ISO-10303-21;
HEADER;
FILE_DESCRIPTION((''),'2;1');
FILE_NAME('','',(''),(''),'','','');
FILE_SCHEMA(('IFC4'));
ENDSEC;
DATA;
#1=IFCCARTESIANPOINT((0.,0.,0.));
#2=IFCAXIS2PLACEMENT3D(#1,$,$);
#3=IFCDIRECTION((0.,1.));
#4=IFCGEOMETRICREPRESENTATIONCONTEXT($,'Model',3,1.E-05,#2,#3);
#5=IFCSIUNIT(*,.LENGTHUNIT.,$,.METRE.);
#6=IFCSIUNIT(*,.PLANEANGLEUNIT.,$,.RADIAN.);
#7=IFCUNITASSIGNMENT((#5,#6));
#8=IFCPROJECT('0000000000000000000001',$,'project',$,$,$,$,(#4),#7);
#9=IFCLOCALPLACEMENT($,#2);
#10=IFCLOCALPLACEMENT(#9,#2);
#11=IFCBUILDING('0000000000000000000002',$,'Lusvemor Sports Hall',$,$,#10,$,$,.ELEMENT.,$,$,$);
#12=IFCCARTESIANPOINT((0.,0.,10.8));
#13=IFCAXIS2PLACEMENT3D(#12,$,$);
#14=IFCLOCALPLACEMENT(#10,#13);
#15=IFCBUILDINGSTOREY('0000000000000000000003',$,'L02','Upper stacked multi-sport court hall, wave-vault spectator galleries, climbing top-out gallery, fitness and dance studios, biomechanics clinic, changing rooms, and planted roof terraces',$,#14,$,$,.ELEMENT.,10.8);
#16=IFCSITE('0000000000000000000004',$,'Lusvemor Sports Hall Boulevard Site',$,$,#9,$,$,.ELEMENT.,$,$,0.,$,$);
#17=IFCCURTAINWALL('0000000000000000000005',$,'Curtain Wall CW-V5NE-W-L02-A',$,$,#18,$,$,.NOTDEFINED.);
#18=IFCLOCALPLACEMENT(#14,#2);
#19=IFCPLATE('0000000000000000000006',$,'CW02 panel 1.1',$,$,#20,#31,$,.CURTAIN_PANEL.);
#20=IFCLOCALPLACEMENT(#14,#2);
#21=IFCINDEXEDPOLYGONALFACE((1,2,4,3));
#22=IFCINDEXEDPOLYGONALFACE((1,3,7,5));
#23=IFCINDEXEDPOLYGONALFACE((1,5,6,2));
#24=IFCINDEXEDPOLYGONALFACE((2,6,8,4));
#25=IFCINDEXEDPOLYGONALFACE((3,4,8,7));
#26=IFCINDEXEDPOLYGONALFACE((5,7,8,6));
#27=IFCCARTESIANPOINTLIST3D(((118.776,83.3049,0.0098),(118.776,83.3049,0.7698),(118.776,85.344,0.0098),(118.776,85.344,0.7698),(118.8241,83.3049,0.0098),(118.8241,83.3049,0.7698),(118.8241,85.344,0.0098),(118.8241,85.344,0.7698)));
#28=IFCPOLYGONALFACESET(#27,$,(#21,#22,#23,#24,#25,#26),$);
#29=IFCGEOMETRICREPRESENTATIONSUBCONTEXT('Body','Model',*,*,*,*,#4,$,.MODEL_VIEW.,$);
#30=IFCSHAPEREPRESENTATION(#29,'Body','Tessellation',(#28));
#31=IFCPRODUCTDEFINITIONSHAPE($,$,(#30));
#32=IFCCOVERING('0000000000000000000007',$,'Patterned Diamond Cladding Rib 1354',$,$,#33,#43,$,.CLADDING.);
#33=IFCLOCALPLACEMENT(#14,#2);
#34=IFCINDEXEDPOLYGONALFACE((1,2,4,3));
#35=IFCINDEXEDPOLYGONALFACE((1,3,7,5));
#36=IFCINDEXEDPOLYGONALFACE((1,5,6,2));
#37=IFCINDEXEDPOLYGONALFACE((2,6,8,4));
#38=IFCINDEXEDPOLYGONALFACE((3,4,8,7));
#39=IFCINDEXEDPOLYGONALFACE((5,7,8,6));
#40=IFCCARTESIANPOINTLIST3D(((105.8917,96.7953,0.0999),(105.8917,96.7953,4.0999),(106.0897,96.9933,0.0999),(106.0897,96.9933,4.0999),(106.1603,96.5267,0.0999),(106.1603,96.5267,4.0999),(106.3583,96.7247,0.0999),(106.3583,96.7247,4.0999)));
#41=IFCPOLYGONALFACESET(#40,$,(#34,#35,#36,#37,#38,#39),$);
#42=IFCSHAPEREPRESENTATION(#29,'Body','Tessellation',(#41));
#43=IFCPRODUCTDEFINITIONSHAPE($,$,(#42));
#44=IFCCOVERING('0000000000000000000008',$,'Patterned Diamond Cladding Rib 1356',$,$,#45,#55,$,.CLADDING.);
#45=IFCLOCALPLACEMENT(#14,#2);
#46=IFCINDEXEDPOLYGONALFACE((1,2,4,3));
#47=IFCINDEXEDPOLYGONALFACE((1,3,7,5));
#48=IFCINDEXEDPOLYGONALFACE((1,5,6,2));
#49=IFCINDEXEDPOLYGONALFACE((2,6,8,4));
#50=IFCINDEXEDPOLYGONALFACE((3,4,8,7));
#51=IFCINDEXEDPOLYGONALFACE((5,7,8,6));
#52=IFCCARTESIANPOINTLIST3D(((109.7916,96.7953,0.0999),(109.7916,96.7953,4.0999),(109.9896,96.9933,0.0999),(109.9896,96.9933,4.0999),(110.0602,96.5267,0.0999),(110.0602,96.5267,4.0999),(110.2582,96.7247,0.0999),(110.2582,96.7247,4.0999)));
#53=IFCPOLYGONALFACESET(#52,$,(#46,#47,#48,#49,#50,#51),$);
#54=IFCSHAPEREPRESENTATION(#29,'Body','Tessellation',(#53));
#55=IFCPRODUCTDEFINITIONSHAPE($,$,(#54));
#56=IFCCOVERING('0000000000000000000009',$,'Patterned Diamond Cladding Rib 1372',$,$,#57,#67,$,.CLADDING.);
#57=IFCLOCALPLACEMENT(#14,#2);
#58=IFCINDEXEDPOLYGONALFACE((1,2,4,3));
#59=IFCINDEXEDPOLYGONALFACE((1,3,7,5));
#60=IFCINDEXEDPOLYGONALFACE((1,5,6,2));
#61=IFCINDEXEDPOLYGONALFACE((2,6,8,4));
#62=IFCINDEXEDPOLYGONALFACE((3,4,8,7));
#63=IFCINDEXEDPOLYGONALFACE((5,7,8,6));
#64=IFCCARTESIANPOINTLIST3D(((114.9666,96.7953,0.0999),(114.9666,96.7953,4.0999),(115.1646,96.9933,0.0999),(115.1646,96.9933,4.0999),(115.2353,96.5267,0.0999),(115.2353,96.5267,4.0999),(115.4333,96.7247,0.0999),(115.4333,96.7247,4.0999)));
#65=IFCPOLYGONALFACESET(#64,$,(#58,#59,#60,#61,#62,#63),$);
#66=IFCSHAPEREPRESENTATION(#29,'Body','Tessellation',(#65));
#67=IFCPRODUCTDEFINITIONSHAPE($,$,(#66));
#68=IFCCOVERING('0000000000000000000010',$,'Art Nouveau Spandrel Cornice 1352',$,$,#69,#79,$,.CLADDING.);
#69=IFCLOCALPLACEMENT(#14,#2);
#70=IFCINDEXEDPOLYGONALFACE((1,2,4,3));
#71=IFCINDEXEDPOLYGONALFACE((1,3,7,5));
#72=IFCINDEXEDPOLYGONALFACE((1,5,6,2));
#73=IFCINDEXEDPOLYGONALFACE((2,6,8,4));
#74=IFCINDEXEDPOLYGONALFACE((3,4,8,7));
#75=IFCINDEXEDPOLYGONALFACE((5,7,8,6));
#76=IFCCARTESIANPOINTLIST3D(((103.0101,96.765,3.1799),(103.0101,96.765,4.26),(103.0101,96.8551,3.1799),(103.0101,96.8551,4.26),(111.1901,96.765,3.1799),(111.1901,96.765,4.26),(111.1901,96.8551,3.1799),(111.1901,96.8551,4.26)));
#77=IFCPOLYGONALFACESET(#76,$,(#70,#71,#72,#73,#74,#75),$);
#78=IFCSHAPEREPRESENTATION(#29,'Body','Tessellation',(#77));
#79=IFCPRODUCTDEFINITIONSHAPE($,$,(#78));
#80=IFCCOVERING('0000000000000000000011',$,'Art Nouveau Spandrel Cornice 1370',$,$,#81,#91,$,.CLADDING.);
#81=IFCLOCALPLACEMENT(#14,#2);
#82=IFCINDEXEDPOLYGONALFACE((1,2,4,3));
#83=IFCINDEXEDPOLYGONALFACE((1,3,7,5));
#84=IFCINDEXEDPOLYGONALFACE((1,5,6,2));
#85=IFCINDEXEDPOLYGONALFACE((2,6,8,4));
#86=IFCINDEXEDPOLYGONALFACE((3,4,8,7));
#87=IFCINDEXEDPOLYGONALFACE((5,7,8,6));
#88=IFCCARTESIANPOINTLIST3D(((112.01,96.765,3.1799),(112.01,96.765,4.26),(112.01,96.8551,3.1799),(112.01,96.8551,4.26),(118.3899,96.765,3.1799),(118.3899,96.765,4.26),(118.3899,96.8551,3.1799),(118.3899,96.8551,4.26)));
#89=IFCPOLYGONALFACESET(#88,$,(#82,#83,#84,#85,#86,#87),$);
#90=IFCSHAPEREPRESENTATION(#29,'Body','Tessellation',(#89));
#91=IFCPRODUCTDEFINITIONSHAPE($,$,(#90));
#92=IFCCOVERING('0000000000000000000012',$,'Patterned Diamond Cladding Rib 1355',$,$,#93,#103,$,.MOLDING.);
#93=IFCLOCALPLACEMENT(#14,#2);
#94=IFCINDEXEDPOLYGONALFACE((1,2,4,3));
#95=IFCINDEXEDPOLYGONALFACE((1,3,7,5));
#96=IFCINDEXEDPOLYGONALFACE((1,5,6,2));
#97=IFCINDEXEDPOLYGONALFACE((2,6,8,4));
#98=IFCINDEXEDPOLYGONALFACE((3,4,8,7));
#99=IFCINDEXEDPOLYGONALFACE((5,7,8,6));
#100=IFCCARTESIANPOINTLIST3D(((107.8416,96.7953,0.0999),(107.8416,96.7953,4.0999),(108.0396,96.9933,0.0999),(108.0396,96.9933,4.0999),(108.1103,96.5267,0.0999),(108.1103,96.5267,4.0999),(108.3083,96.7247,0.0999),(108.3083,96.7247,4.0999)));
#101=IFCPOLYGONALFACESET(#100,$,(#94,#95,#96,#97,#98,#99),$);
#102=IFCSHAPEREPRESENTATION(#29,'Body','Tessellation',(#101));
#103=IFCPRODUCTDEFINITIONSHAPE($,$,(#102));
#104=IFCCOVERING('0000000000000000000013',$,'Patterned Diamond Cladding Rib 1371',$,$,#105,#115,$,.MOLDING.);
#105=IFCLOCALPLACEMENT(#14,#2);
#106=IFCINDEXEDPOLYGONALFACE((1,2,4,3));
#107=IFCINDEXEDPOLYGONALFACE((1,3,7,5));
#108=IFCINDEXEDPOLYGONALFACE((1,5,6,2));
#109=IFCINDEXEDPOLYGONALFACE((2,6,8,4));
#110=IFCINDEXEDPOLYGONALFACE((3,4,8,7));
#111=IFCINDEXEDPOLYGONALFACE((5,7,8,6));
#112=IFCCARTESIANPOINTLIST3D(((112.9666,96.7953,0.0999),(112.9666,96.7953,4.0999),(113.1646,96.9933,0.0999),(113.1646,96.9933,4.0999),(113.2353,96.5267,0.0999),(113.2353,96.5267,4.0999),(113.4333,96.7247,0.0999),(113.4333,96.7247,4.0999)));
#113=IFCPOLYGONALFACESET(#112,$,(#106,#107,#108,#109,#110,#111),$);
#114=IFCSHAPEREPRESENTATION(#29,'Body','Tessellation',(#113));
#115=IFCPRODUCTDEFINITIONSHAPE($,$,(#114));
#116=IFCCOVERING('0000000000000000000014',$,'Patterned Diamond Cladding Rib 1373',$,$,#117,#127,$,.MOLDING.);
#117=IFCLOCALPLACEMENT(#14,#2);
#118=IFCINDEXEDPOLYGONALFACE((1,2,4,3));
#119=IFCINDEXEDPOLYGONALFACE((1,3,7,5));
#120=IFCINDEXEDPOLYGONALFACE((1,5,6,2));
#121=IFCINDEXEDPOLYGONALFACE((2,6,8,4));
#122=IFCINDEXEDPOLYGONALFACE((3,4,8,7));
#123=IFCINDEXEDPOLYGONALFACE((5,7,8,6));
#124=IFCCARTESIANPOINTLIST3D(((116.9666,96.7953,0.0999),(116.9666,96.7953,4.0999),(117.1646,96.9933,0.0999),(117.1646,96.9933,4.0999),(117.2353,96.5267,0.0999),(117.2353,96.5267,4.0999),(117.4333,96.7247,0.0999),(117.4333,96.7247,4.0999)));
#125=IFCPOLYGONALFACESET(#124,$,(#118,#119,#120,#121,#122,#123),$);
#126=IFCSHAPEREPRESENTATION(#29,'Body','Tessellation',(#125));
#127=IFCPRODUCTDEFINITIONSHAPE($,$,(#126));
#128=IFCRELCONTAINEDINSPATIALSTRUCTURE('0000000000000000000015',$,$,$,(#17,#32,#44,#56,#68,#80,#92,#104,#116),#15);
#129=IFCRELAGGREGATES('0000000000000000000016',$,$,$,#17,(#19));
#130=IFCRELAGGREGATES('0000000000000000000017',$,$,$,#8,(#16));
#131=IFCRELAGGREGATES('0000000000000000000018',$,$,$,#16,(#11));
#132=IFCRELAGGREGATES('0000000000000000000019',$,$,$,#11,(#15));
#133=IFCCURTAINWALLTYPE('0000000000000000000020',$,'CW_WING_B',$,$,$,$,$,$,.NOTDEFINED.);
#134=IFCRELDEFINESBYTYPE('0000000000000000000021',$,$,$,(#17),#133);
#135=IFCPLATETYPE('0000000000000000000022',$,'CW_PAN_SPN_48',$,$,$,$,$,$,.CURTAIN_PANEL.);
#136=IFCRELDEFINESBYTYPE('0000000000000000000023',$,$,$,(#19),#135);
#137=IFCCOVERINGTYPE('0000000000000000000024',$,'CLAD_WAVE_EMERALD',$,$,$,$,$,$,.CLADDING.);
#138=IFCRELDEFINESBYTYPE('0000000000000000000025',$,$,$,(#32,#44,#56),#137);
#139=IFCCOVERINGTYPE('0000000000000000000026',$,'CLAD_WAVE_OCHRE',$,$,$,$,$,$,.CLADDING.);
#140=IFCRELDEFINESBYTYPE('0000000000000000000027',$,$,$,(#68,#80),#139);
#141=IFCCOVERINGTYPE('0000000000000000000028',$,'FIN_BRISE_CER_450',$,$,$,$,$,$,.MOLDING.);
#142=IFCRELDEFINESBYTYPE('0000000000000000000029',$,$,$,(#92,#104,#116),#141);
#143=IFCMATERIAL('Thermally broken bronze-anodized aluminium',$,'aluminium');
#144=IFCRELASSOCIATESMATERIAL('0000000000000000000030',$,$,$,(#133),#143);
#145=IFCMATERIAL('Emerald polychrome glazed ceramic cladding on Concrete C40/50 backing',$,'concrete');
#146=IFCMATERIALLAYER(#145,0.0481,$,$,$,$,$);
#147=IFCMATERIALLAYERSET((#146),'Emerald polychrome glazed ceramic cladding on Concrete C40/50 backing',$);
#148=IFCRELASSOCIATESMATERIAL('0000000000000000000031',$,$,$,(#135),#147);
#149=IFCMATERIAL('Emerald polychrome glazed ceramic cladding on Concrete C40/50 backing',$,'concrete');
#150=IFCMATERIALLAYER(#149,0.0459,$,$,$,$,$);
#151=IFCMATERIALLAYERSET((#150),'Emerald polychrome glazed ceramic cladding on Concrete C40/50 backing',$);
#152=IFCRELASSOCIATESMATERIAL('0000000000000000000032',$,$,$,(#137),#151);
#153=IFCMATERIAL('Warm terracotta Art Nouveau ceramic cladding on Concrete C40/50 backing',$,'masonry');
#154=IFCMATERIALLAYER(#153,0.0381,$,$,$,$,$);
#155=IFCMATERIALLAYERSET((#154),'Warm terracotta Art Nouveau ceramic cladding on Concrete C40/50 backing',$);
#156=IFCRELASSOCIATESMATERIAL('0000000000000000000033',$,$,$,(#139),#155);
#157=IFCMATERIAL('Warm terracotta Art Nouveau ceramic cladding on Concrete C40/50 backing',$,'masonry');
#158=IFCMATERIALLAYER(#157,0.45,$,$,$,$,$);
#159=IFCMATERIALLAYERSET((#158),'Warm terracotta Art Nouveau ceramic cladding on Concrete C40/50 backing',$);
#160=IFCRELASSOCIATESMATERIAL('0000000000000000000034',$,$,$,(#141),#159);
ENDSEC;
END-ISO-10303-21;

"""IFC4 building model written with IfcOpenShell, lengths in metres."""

from ifc_helpers import new_model, si_unit, direction, frame, origin, origin_2d, place, context, subcontext, project, spatial, rectangle, extrude, material, layer, layer_set, type_object, element, aggregate, save


model = new_model("IFC4")

# Units and contexts
model_context = context("Model", 3, precision=1e-05, world=origin(), true_north=direction((0.0, 1.0)))
body_context = subcontext(model_context, "Body", "Model", "MODEL_VIEW")
ifc_project = project(units=[si_unit("LENGTHUNIT", "METRE"), si_unit("PLANEANGLEUNIT", "RADIAN")], contexts=[model_context])

# Site, building, storey
site_placement = place(None, origin())
site = spatial("IfcSite", under=ifc_project, at=site_placement, Name="Lusvemor Sports Hall Boulevard Site", CompositionType="ELEMENT", RefElevation=0.0)
building_placement = place(site_placement, origin())
building = spatial("IfcBuilding", under=site, at=building_placement, Name="Lusvemor Sports Hall", CompositionType="ELEMENT")
storey_placement = place(building_placement, frame((0.0, 0.0, 10.8)))
storey = spatial("IfcBuildingStorey", under=building, at=storey_placement, Name="L02", Description="Upper stacked multi-sport court hall, wave-vault spectator galleries, climbing top-out gallery, fitness and dance studios, biomechanics clinic, changing rooms, and planted roof terraces", CompositionType="ELEMENT", Elevation=10.8)

# Curtain wall
ifc_material_1 = material(Name="Thermally broken bronze-anodized aluminium", Category="aluminium")
curtain_wall_type = type_object("IfcCurtainWallType", Name="CW_WING_B", PredefinedType="NOTDEFINED", material=ifc_material_1)
curtain_wall_1_placement = place(storey_placement, origin())
curtain_wall_1 = element("IfcCurtainWall", 1, at=curtain_wall_1_placement, inside=storey, type_object=curtain_wall_type, Name="Curtain Wall CW-V5NE-W-L02-A", PredefinedType="NOTDEFINED")

# Plate
ifc_material_2 = material(Name="Emerald polychrome glazed ceramic cladding on Concrete C40/50 backing", Category="concrete")
ifc_layer_1 = layer(ifc_material_2, 0.0481)
ifc_layer_set_1 = layer_set([ifc_layer_1], Name="Emerald polychrome glazed ceramic cladding on Concrete C40/50 backing")
plate_type_1 = type_object("IfcPlateType", Name="CW_PAN_SPN_48", PredefinedType="CURTAIN_PANEL", material=ifc_layer_set_1)
plate_1_placement = place(storey_placement, frame((118.8, 84.3245, 0.0098), z_axis=(0.0, 0.0, 1.0), x_axis=(0.0, 1.0, 0.0)))
plate_1 = element("IfcPlate", 2, at=plate_1_placement, type_object=plate_type_1, Name="CW02 panel 1.1", PredefinedType="CURTAIN_PANEL", context=body_context, shape_type="SweptSolid", body=[
    extrude(rectangle(XDim=2.0391, YDim=0.0481, at=origin_2d()), origin(), (0.0, 0.0, 1.0), 0.76),
])
aggregate(curtain_wall_1, [plate_1])

# Coverings
ifc_material_3 = material(Name="Emerald polychrome glazed ceramic cladding on Concrete C40/50 backing", Category="concrete")
ifc_layer_2 = layer(ifc_material_3, 0.0459)
ifc_layer_set_2 = layer_set([ifc_layer_2], Name="Emerald polychrome glazed ceramic cladding on Concrete C40/50 backing")
covering_type_1 = type_object("IfcCoveringType", Name="CLAD_WAVE_EMERALD", PredefinedType="CLADDING", material=ifc_layer_set_2)
for number, where, z_axis, x_axis, name in (
    (3, (106.125, 96.76, 0.0999), (0.0, 0.0, 1.0), (0.707107, 0.707107, 0.0), "Patterned Diamond Cladding Rib 1354"),
    (4, (110.0249, 96.76, 0.0999), (0.0, 0.0, 1.0), (0.707107, 0.707107, 0.0), "Patterned Diamond Cladding Rib 1356"),
    (5, (115.2, 96.76, 0.0999), (0.0, 0.0, 1.0), (0.707107, 0.707107, 0.0), "Patterned Diamond Cladding Rib 1372"),
):
    element("IfcCovering", number, at=place(storey_placement, frame(where, z_axis=z_axis, x_axis=x_axis)), inside=storey, type_object=covering_type_1, Name=name, PredefinedType="CLADDING", context=body_context, shape_type="SweptSolid", body=[
        extrude(rectangle(XDim=0.28, YDim=0.3799, at=origin_2d()), origin(), (0.0, 0.0, 1.0), 4.0),
    ])
ifc_material_4 = material(Name="Warm terracotta Art Nouveau ceramic cladding on Concrete C40/50 backing", Category="masonry")
ifc_layer_3 = layer(ifc_material_4, 0.0381)
ifc_layer_set_3 = layer_set([ifc_layer_3], Name="Warm terracotta Art Nouveau ceramic cladding on Concrete C40/50 backing")
covering_type_2 = type_object("IfcCoveringType", Name="CLAD_WAVE_OCHRE", PredefinedType="CLADDING", material=ifc_layer_set_3)
covering_1_placement = place(storey_placement, frame((107.1001, 96.8101, 3.1799), z_axis=(0.0, 0.0, 1.0), x_axis=(1.0, 0.0, 0.0)))
element("IfcCovering", 6, at=covering_1_placement, inside=storey, type_object=covering_type_2, Name="Art Nouveau Spandrel Cornice 1352", PredefinedType="CLADDING", context=body_context, shape_type="SweptSolid", body=[
    extrude(rectangle(XDim=8.1799, YDim=0.0901, at=origin_2d()), origin(), (0.0, 0.0, 1.0), 1.0801),
])
covering_2_placement = place(storey_placement, frame((115.2, 96.8101, 3.1799), z_axis=(0.0, 0.0, 1.0), x_axis=(1.0, 0.0, 0.0)))
element("IfcCovering", 7, at=covering_2_placement, inside=storey, type_object=covering_type_2, Name="Art Nouveau Spandrel Cornice 1370", PredefinedType="CLADDING", context=body_context, shape_type="SweptSolid", body=[
    extrude(rectangle(XDim=6.3799, YDim=0.0901, at=origin_2d()), origin(), (0.0, 0.0, 1.0), 1.0801),
])
ifc_material_5 = material(Name="Warm terracotta Art Nouveau ceramic cladding on Concrete C40/50 backing", Category="masonry")
ifc_layer_4 = layer(ifc_material_5, 0.45)
ifc_layer_set_4 = layer_set([ifc_layer_4], Name="Warm terracotta Art Nouveau ceramic cladding on Concrete C40/50 backing")
covering_type_3 = type_object("IfcCoveringType", Name="FIN_BRISE_CER_450", PredefinedType="MOLDING", material=ifc_layer_set_4)
for number, where, z_axis, x_axis, name in (
    (8, (108.075, 96.76, 0.0999), (0.0, 0.0, 1.0), (0.707107, 0.707107, 0.0), "Patterned Diamond Cladding Rib 1355"),
    (9, (113.2, 96.76, 0.0999), (0.0, 0.0, 1.0), (0.707107, 0.707107, 0.0), "Patterned Diamond Cladding Rib 1371"),
    (10, (117.2, 96.76, 0.0999), (0.0, 0.0, 1.0), (0.707107, 0.707107, 0.0), "Patterned Diamond Cladding Rib 1373"),
):
    element("IfcCovering", number, at=place(storey_placement, frame(where, z_axis=z_axis, x_axis=x_axis)), inside=storey, type_object=covering_type_3, Name=name, PredefinedType="MOLDING", context=body_context, shape_type="SweptSolid", body=[
        extrude(rectangle(XDim=0.28, YDim=0.3799, at=origin_2d()), origin(), (0.0, 0.0, 1.0), 4.0),
    ])

save(model, "model.ifc")
